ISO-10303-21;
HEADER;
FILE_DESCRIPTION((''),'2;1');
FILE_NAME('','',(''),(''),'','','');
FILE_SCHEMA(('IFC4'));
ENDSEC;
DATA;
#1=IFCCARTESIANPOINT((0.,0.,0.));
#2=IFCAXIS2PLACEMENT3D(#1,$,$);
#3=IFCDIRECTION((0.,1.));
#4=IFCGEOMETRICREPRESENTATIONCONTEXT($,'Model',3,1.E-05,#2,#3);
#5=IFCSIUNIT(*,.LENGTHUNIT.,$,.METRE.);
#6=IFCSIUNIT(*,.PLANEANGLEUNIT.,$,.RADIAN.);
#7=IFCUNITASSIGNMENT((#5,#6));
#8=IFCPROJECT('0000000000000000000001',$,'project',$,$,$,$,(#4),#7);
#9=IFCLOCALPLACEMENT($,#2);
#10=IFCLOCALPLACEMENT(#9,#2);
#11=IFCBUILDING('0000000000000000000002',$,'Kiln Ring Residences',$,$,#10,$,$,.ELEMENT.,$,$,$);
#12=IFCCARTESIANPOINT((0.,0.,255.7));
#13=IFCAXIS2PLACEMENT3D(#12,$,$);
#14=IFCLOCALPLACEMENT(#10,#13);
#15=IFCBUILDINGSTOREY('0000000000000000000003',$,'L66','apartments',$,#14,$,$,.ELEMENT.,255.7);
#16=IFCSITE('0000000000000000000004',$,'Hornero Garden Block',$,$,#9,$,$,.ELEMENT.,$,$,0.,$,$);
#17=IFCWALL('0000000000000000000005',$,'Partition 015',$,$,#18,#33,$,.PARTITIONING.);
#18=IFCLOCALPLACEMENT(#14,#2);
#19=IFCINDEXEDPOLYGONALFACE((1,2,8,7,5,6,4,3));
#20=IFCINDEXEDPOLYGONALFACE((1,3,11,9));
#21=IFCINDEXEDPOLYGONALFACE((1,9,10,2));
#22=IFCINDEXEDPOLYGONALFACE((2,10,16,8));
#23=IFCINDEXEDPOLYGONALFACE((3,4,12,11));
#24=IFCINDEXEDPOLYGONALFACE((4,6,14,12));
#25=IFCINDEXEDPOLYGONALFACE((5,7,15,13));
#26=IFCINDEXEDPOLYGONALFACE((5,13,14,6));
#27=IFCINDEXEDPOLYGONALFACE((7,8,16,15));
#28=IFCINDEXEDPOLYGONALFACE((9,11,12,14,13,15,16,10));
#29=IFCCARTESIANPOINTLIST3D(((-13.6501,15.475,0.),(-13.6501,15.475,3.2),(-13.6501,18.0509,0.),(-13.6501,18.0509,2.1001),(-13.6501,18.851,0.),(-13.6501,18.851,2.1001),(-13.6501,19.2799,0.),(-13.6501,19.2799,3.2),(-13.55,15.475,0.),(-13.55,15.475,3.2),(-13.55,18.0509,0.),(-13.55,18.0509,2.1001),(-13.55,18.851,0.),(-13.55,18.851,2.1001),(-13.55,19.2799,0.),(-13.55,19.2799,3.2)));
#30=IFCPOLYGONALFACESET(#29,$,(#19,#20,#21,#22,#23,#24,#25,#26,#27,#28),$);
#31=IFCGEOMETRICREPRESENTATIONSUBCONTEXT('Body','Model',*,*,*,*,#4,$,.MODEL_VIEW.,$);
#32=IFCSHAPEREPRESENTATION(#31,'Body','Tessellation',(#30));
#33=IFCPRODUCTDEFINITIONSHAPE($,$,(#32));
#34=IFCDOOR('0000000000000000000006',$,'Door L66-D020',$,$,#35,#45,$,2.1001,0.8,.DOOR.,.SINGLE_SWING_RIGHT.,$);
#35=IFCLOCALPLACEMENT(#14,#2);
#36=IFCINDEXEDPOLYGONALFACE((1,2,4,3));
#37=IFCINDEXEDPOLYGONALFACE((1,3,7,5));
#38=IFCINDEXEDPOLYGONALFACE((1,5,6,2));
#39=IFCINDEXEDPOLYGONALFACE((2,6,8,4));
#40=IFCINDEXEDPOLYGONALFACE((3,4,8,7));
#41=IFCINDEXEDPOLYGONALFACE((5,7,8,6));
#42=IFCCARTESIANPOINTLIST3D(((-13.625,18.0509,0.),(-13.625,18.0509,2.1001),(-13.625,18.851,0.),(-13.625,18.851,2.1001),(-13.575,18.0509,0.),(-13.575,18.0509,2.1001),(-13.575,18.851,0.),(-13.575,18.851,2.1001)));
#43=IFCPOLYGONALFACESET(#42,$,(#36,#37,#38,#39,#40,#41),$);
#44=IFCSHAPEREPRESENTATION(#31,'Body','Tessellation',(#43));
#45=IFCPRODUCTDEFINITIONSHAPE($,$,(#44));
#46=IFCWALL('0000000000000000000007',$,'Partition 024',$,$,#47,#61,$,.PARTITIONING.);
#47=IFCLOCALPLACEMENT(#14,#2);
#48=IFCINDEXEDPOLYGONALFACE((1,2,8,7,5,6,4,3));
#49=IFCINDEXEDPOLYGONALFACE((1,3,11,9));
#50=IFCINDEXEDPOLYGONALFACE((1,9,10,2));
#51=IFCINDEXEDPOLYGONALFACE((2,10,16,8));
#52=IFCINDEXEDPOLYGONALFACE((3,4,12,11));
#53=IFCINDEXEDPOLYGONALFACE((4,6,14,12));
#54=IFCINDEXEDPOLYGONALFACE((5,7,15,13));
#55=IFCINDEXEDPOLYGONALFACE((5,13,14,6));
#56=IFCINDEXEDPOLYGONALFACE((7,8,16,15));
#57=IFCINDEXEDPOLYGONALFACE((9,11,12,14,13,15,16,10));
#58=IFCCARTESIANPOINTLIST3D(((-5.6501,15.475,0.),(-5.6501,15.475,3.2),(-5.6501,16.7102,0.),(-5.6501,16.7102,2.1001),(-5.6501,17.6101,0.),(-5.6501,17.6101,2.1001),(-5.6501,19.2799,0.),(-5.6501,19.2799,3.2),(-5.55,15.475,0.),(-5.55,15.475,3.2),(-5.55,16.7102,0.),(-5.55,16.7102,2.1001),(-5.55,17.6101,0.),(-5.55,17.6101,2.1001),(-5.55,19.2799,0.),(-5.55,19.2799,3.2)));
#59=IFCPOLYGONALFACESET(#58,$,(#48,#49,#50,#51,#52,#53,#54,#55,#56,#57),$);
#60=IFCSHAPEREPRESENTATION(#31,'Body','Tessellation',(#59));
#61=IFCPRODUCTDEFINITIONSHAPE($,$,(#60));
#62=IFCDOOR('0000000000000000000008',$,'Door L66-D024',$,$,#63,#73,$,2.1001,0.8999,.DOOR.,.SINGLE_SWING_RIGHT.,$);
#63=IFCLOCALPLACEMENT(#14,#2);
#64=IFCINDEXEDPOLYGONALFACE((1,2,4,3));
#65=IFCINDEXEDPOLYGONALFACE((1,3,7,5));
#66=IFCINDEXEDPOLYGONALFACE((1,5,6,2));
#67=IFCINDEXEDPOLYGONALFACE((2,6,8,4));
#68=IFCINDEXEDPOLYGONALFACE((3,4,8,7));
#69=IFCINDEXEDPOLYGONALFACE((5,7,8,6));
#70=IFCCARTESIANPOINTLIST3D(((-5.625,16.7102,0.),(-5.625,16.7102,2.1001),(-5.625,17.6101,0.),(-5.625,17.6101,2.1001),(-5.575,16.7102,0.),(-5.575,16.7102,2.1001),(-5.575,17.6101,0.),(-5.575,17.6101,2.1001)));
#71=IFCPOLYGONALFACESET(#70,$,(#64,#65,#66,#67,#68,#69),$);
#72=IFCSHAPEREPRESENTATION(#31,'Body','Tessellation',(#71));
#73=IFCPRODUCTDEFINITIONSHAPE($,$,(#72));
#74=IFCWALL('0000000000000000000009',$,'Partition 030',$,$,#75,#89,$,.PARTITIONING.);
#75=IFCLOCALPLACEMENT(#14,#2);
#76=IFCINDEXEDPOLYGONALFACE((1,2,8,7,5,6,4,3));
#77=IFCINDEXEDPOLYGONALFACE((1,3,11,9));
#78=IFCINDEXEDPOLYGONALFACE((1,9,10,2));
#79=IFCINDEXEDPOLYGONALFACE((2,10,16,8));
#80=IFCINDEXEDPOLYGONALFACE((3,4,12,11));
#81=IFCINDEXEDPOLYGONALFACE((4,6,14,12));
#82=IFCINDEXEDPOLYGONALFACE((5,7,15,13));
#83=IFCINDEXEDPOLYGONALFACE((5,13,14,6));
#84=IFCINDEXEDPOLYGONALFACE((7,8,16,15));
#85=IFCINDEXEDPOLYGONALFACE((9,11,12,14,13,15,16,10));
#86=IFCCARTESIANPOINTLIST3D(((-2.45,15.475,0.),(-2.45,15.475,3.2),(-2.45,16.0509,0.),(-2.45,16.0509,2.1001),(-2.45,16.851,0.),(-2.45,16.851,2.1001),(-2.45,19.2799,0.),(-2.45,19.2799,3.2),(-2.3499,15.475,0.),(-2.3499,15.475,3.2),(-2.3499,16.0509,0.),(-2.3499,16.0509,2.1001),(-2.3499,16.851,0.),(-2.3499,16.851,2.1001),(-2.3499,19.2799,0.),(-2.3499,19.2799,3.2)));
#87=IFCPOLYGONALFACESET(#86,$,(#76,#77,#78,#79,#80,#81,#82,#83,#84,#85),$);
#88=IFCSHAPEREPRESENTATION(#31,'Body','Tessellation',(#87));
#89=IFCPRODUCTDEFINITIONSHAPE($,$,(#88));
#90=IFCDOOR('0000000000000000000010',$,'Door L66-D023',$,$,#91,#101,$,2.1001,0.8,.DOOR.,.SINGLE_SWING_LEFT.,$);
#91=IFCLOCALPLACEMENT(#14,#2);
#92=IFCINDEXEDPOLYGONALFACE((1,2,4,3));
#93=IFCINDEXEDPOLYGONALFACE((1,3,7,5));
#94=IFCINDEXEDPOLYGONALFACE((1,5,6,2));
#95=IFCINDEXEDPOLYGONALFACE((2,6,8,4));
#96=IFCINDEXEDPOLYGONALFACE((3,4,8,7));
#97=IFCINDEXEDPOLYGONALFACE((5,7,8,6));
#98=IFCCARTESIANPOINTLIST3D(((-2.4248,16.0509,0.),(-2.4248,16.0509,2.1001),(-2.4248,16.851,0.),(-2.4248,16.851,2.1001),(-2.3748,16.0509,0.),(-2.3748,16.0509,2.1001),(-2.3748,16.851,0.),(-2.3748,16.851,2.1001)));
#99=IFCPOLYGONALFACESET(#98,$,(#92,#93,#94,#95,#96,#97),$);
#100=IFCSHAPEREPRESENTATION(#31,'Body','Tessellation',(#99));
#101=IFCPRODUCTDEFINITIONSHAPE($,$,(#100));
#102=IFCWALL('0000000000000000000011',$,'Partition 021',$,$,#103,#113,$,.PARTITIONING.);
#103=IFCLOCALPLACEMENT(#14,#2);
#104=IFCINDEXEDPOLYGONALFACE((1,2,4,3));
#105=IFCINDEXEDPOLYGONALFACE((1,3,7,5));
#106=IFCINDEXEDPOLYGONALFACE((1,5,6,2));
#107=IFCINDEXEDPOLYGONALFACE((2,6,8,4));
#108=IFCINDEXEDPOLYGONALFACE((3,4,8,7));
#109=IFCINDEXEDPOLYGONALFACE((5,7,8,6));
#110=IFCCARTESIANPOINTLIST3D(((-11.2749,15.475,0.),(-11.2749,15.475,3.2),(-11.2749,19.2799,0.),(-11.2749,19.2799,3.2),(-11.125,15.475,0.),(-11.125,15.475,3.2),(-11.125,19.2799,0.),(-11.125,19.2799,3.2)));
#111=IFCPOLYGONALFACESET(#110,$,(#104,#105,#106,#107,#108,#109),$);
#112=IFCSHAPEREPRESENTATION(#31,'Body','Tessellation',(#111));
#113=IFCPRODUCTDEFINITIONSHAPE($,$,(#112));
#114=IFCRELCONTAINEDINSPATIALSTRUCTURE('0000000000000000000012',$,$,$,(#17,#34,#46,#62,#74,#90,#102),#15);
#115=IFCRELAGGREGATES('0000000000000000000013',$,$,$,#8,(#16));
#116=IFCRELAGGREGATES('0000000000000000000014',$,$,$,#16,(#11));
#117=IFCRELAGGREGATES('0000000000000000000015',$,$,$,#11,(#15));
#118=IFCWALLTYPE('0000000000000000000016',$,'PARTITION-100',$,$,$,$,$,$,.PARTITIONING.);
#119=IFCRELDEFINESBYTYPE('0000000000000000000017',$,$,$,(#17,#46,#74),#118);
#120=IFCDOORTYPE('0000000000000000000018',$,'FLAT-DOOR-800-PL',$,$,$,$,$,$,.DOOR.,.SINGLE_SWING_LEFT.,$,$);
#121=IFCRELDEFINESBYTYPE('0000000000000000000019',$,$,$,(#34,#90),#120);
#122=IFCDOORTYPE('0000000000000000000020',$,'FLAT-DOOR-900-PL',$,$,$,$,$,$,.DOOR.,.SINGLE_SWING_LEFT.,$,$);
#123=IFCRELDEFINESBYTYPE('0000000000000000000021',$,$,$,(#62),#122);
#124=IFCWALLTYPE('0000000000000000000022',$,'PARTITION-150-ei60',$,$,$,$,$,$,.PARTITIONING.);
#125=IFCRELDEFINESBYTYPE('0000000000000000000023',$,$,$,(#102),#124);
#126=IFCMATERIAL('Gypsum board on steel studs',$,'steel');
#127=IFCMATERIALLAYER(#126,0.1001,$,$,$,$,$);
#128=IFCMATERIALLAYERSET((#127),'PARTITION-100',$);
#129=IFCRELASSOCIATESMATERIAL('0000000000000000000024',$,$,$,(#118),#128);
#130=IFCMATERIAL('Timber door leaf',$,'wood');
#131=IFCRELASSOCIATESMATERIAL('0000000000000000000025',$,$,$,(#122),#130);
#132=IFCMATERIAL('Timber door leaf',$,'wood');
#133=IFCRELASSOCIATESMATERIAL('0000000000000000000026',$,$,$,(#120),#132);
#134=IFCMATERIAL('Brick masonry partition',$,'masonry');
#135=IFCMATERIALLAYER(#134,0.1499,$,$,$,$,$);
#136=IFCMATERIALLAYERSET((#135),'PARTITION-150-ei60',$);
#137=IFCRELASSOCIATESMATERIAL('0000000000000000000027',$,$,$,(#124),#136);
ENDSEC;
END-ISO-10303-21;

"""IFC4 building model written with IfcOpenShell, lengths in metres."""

from ifc_helpers import new_model, si_unit, direction, frame, frame_2d, origin, place, context, subcontext, project, spatial, rectangle, extrude, material, layer, layer_set, type_object, element, fill, save


model = new_model("IFC4")

# Units and contexts
model_context = context("Model", 3, precision=1e-05, world=origin(), true_north=direction((0.0, 1.0)))
body_context = subcontext(model_context, "Body", "Model", "MODEL_VIEW")
ifc_project = project(units=[si_unit("LENGTHUNIT", "METRE"), si_unit("PLANEANGLEUNIT", "RADIAN")], contexts=[model_context])

# Site, building, storey
site_placement = place(None, origin())
site = spatial("IfcSite", under=ifc_project, at=site_placement, Name="Hornero Garden Block", CompositionType="ELEMENT", RefElevation=0.0)
building_placement = place(site_placement, origin())
building = spatial("IfcBuilding", under=site, at=building_placement, Name="Kiln Ring Residences", CompositionType="ELEMENT")
storey_placement = place(building_placement, frame((0.0, 0.0, 255.7)))
storey = spatial("IfcBuildingStorey", under=building, at=storey_placement, Name="L66", Description="apartments", CompositionType="ELEMENT", Elevation=255.7)

# Walls, openings, doors
ifc_material_1 = material(Name="Gypsum board on steel studs", Category="steel")
ifc_layer_1 = layer(ifc_material_1, 0.1001)
ifc_layer_set_1 = layer_set([ifc_layer_1], Name="PARTITION-100")
wall_type_1 = type_object("IfcWallType", Name="PARTITION-100", PredefinedType="PARTITIONING", material=ifc_layer_set_1)
ifc_material_2 = material(Name="Timber door leaf", Category="wood")
door_type_1 = type_object("IfcDoorType", Name="FLAT-DOOR-900-PL", OperationType="SINGLE_SWING_LEFT", PredefinedType="DOOR", material=ifc_material_2)
wall_1_placement = place(storey_placement, frame((-13.6001, 15.4751, 0.0), z_axis=(0.0, 0.0, 1.0), x_axis=(0.0, 1.0, 0.0)))
wall_1 = element("IfcWall", 1, at=wall_1_placement, inside=storey, type_object=wall_type_1, Name="Partition 015", PredefinedType="PARTITIONING", context=body_context, shape_type="SweptSolid", body=[
    extrude(rectangle(XDim=3.8049, YDim=0.1001, at=frame_2d((1.9023, 0.0))), origin(), (0.0, 0.0, 1.0), 3.2),
])
opening_1_placement = place(wall_1_placement, frame((2.5759, 0.0, 0.0)))
opening_1 = element("IfcOpeningElement", 2, at=opening_1_placement, cuts=wall_1, PredefinedType="OPENING", context=body_context, shape_type="SweptSolid", body=[
    extrude(rectangle(XDim=0.8, YDim=2.1001, at=frame_2d((0.3999, 1.05))), frame((0.0, 0.0601, 0.0), z_axis=(0.0, -1.0, 0.0), x_axis=(1.0, 0.0, 0.0)), (0.0, 0.0, 1.0), 0.1201),
])
ifc_material_3 = material(Name="Timber door leaf", Category="wood")
door_type_2 = type_object("IfcDoorType", Name="FLAT-DOOR-800-PL", OperationType="SINGLE_SWING_LEFT", PredefinedType="DOOR", material=ifc_material_3)
door_1_placement = place(opening_1_placement, origin())
door_1 = element("IfcDoor", 3, at=door_1_placement, inside=storey, type_object=door_type_2, Name="Door L66-D020", OperationType="SINGLE_SWING_RIGHT", OverallHeight=2.1001, OverallWidth=0.8, PredefinedType="DOOR", context=body_context, shape_type="SweptSolid", body=[
    extrude(rectangle(XDim=0.8, YDim=2.1001, at=frame_2d((0.3999, 1.05))), frame((0.0, 0.0249, 0.0), z_axis=(0.0, -1.0, 0.0), x_axis=(1.0, 0.0, 0.0)), (0.0, 0.0, 1.0), 0.05),
])
fill(opening_1, door_1)
wall_2_placement = place(storey_placement, frame((-5.6001, 15.4751, 0.0), z_axis=(0.0, 0.0, 1.0), x_axis=(0.0, 1.0, 0.0)))
wall_2 = element("IfcWall", 4, at=wall_2_placement, inside=storey, type_object=wall_type_1, Name="Partition 024", PredefinedType="PARTITIONING", context=body_context, shape_type="SweptSolid", body=[
    extrude(rectangle(XDim=3.8049, YDim=0.1001, at=frame_2d((1.9023, 0.0))), origin(), (0.0, 0.0, 1.0), 3.2),
])
opening_2_placement = place(wall_2_placement, frame((1.2351, 0.0, 0.0)))
opening_2 = element("IfcOpeningElement", 5, at=opening_2_placement, cuts=wall_2, PredefinedType="OPENING", context=body_context, shape_type="SweptSolid", body=[
    extrude(rectangle(XDim=0.8999, YDim=2.1001, at=frame_2d((0.45, 1.05))), frame((0.0, 0.0601, 0.0), z_axis=(0.0, -1.0, 0.0), x_axis=(1.0, 0.0, 0.0)), (0.0, 0.0, 1.0), 0.1201),
])
door_2_placement = place(opening_2_placement, origin())
door_2 = element("IfcDoor", 6, at=door_2_placement, inside=storey, type_object=door_type_1, Name="Door L66-D024", OperationType="SINGLE_SWING_RIGHT", OverallHeight=2.1001, OverallWidth=0.8999, PredefinedType="DOOR", context=body_context, shape_type="SweptSolid", body=[
    extrude(rectangle(XDim=0.8999, YDim=2.1001, at=frame_2d((0.45, 1.05))), frame((0.0, 0.0249, 0.0), z_axis=(0.0, -1.0, 0.0), x_axis=(1.0, 0.0, 0.0)), (0.0, 0.0, 1.0), 0.05),
])
fill(opening_2, door_2)
wall_3_placement = place(storey_placement, frame((-2.3999, 15.4751, 0.0), z_axis=(0.0, 0.0, 1.0), x_axis=(0.0, 1.0, 0.0)))
wall_3 = element("IfcWall", 7, at=wall_3_placement, inside=storey, type_object=wall_type_1, Name="Partition 030", PredefinedType="PARTITIONING", context=body_context, shape_type="SweptSolid", body=[
    extrude(rectangle(XDim=3.8049, YDim=0.1001, at=frame_2d((1.9023, 0.0))), origin(), (0.0, 0.0, 1.0), 3.2),
])
opening_3_placement = place(wall_3_placement, frame((0.5759, 0.0, 0.0)))
opening_3 = element("IfcOpeningElement", 8, at=opening_3_placement, cuts=wall_3, PredefinedType="OPENING", context=body_context, shape_type="SweptSolid", body=[
    extrude(rectangle(XDim=0.8, YDim=2.1001, at=frame_2d((0.3999, 1.05))), frame((0.0, 0.0601, 0.0), z_axis=(0.0, -1.0, 0.0), x_axis=(1.0, 0.0, 0.0)), (0.0, 0.0, 1.0), 0.1201),
])
door_3_placement = place(opening_3_placement, origin())
door_3 = element("IfcDoor", 9, at=door_3_placement, inside=storey, type_object=door_type_2, Name="Door L66-D023", OperationType="SINGLE_SWING_LEFT", OverallHeight=2.1001, OverallWidth=0.8, PredefinedType="DOOR", context=body_context, shape_type="SweptSolid", body=[
    extrude(rectangle(XDim=0.8, YDim=2.1001, at=frame_2d((0.3999, 1.05))), frame((0.0, 0.0249, 0.0), z_axis=(0.0, -1.0, 0.0), x_axis=(1.0, 0.0, 0.0)), (0.0, 0.0, 1.0), 0.05),
])
fill(opening_3, door_3)

# Wall
ifc_material_4 = material(Name="Brick masonry partition", Category="masonry")
ifc_layer_2 = layer(ifc_material_4, 0.1499)
ifc_layer_set_2 = layer_set([ifc_layer_2], Name="PARTITION-150-ei60")
wall_type_2 = type_object("IfcWallType", Name="PARTITION-150-ei60", PredefinedType="PARTITIONING", material=ifc_layer_set_2)
wall_4_placement = place(storey_placement, frame((-11.2, 15.4751, 0.0), z_axis=(0.0, 0.0, 1.0), x_axis=(0.0, 1.0, 0.0)))
element("IfcWall", 10, at=wall_4_placement, inside=storey, type_object=wall_type_2, Name="Partition 021", PredefinedType="PARTITIONING", context=body_context, shape_type="SweptSolid", body=[
    extrude(rectangle(XDim=3.8049, YDim=0.1499, at=frame_2d((1.9023, 0.0))), origin(), (0.0, 0.0, 1.0), 3.2),
])

save(model, "model.ifc")
